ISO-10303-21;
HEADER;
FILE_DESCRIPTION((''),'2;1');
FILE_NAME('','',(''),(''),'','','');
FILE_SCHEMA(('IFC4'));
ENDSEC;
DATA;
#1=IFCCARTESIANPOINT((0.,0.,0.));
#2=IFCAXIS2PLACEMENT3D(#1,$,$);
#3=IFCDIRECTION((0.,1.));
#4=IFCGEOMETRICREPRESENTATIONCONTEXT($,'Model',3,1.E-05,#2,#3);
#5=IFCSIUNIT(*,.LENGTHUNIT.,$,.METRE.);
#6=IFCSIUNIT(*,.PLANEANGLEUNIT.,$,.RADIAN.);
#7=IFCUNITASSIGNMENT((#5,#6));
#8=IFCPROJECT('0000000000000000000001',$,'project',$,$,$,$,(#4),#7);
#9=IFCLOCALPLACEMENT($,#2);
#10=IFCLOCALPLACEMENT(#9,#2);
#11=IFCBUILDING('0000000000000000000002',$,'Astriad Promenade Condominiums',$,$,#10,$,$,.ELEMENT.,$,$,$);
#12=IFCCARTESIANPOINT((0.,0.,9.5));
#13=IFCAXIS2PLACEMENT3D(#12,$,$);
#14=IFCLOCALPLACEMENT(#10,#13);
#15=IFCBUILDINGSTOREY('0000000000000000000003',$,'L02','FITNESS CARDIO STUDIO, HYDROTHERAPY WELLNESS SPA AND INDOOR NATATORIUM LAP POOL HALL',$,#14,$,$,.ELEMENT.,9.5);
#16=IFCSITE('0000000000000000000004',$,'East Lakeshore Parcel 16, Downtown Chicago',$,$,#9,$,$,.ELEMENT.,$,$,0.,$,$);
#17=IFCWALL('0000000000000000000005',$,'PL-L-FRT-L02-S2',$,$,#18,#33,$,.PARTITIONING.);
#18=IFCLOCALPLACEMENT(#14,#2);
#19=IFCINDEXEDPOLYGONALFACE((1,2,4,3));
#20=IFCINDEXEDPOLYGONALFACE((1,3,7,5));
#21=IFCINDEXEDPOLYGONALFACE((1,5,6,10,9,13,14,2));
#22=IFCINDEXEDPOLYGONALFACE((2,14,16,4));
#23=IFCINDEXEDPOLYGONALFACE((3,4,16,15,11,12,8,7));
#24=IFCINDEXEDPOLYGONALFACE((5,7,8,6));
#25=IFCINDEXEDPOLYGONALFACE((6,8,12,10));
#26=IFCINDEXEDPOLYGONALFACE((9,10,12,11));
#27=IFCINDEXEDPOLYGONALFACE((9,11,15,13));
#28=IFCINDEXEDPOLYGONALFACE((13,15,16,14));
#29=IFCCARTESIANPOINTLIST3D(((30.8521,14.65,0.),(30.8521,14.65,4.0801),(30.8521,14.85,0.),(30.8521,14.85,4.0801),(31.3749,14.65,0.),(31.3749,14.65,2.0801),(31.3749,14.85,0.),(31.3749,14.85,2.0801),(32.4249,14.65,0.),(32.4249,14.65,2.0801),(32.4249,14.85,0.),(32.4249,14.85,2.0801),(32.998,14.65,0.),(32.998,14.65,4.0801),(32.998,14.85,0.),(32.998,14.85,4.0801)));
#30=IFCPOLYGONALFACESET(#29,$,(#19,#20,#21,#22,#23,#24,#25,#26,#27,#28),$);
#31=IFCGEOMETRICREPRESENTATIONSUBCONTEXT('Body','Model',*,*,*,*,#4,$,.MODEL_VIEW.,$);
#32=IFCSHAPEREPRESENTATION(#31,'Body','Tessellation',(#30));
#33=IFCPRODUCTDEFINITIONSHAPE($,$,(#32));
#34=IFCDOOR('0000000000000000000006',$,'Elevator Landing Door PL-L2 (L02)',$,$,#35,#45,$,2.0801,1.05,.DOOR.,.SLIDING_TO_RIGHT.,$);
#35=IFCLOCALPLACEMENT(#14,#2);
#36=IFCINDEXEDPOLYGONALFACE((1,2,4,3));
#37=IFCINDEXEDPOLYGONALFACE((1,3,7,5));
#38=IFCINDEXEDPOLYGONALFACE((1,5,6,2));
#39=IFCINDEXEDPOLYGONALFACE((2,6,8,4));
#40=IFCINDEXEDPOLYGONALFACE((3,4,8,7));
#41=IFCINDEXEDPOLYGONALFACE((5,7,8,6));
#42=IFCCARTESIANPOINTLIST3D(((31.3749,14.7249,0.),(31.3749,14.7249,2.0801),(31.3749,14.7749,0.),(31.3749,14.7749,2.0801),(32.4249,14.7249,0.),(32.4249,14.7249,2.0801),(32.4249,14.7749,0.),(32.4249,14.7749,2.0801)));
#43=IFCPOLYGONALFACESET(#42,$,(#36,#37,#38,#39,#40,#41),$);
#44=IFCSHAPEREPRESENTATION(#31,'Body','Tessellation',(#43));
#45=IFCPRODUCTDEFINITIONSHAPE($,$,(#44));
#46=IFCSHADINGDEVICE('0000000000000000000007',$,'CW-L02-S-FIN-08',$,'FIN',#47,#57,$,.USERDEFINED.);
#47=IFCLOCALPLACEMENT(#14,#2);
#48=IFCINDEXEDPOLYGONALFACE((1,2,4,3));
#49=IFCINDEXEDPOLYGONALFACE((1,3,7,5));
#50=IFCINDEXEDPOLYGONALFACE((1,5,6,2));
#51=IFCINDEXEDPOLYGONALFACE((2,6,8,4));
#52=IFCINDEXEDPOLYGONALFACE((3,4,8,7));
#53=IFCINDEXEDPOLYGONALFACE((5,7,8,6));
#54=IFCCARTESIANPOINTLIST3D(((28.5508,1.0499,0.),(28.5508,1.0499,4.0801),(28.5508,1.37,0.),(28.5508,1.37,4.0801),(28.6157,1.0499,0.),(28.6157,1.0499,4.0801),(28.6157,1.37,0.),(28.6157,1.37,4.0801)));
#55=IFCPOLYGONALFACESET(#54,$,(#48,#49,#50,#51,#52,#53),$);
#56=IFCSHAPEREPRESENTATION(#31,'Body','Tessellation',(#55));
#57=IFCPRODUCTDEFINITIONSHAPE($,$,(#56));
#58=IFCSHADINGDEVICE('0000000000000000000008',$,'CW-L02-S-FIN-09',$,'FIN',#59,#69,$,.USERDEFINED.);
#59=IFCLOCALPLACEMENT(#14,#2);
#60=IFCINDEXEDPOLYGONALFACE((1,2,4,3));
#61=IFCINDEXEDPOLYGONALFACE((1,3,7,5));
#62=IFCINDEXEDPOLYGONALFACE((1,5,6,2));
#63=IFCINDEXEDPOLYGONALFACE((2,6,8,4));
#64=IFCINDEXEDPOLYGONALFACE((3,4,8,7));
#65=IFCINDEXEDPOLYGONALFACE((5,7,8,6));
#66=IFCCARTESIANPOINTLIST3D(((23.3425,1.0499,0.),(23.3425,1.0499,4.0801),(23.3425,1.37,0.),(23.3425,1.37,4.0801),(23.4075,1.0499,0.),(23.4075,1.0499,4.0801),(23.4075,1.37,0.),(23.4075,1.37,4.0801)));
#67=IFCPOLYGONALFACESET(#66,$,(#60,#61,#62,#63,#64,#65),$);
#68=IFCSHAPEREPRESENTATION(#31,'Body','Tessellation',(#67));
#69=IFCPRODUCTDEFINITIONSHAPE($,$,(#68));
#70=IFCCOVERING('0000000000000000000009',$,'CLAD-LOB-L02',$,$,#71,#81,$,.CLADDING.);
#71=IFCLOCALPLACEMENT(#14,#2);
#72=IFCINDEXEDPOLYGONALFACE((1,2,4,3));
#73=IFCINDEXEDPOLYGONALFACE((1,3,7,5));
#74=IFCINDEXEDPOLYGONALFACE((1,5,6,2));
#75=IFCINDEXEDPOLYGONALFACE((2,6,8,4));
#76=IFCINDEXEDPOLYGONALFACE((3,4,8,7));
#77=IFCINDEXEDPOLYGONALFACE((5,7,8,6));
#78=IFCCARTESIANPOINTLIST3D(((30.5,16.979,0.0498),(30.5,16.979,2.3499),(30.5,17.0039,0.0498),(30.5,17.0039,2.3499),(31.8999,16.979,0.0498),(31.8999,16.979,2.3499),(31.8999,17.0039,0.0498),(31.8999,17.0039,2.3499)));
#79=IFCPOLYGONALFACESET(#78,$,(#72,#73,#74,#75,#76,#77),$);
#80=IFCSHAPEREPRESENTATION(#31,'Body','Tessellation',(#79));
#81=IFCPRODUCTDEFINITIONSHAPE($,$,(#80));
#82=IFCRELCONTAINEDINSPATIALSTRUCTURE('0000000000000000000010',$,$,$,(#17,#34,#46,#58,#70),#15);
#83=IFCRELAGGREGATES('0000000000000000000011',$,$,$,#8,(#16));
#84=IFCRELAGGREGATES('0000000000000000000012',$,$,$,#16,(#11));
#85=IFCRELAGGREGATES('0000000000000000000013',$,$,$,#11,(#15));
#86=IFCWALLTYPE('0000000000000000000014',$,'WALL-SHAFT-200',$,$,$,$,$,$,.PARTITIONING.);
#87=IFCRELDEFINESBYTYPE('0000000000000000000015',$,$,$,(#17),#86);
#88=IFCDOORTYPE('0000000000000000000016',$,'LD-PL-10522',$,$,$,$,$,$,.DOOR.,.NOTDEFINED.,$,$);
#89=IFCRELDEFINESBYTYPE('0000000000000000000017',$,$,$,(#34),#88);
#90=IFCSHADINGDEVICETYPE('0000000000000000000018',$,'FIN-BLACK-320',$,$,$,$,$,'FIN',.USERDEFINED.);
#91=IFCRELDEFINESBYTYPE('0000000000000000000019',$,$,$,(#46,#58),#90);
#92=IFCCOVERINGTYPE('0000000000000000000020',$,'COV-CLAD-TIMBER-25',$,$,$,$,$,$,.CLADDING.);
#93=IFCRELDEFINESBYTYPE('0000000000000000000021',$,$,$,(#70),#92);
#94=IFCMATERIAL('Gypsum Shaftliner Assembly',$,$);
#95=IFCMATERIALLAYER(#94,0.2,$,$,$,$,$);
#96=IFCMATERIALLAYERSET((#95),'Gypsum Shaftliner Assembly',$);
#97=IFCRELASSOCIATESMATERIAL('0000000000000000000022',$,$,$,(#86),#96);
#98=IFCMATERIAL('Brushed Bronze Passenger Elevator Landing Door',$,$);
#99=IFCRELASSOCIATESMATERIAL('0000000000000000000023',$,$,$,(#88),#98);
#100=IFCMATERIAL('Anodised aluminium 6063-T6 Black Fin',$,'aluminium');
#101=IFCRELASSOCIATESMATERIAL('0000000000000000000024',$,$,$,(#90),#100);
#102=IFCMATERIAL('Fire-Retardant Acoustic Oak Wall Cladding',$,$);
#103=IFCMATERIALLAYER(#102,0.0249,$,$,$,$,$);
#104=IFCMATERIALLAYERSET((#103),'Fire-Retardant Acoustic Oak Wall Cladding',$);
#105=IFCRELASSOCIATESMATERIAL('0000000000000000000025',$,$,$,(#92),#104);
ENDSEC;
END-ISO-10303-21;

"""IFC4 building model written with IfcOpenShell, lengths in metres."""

from ifc_helpers import new_model, si_unit, direction, frame, frame_2d, origin, origin_2d, place, context, subcontext, project, spatial, rectangle, extrude, source, transform, mapped, material, layer, layer_set, type_object, type_shapes, element, fill, save


model = new_model("IFC4")

# Units and contexts
model_context = context("Model", 3, precision=1e-05, world=origin(), true_north=direction((0.0, 1.0)))
body_context = subcontext(model_context, "Body", "Model", "MODEL_VIEW")
ifc_project = project(units=[si_unit("LENGTHUNIT", "METRE"), si_unit("PLANEANGLEUNIT", "RADIAN")], contexts=[model_context])

# Site, building, storey
site_placement = place(None, origin())
site = spatial("IfcSite", under=ifc_project, at=site_placement, Name="East Lakeshore Parcel 16, Downtown Chicago", CompositionType="ELEMENT", RefElevation=0.0)
building_placement = place(site_placement, origin())
building = spatial("IfcBuilding", under=site, at=building_placement, Name="Astriad Promenade Condominiums", CompositionType="ELEMENT")
storey_placement = place(building_placement, frame((0.0, 0.0, 9.5)))
storey = spatial("IfcBuildingStorey", under=building, at=storey_placement, Name="L02", Description="FITNESS CARDIO STUDIO, HYDROTHERAPY WELLNESS SPA AND INDOOR NATATORIUM LAP POOL HALL", CompositionType="ELEMENT", Elevation=9.5)

# Shared definitions
ifc_material_1 = material(Name="Gypsum Shaftliner Assembly")
ifc_layer_1 = layer(ifc_material_1, 0.2)
ifc_layer_set_1 = layer_set([ifc_layer_1], Name="Gypsum Shaftliner Assembly")
wall_type_1 = type_object("IfcWallType", Name="WALL-SHAFT-200", PredefinedType="PARTITIONING", material=ifc_layer_set_1)

# Wall, opening, door
ifc_material_2 = material(Name="Brushed Bronze Passenger Elevator Landing Door")
door_type = type_object("IfcDoorType", Name="LD-PL-10522", OperationType="NOTDEFINED", PredefinedType="DOOR", material=ifc_material_2)
shared_shape_1 = source(origin(), body_context, "Body", "SweptSolid", [
    extrude(rectangle(XDim=1.05, YDim=2.0801, at=frame_2d((0.5249, 1.04))), frame((0.0, 0.0249, 0.0), z_axis=(0.0, -1.0, 0.0), x_axis=(1.0, 0.0, 0.0)), (0.0, 0.0, 1.0), 0.05),
])
type_shapes(door_type, [shared_shape_1])
wall_1_placement = place(storey_placement, frame((30.8521, 14.75, 0.0), z_axis=(0.0, 0.0, 1.0), x_axis=(1.0, 0.0, 0.0)))
wall_1 = element("IfcWall", 1, at=wall_1_placement, inside=storey, type_object=wall_type_1, Name="PL-L-FRT-L02-S2", PredefinedType="PARTITIONING", context=body_context, shape_type="SweptSolid", body=[
    extrude(rectangle(XDim=2.146, YDim=0.2, at=frame_2d((1.073, 0.0))), origin(), (0.0, 0.0, 1.0), 4.0801),
])
opening_1_placement = place(wall_1_placement, frame((0.5229, 0.0, 0.0)))
opening_1 = element("IfcOpeningElement", 2, at=opening_1_placement, cuts=wall_1, PredefinedType="OPENING", context=body_context, shape_type="SweptSolid", body=[
    extrude(rectangle(XDim=1.05, YDim=2.0801, at=frame_2d((0.5249, 1.04))), frame((0.0, 0.1099, 0.0), z_axis=(0.0, -1.0, 0.0), x_axis=(1.0, 0.0, 0.0)), (0.0, 0.0, 1.0), 0.22),
])
door_1_placement = place(opening_1_placement, origin())
door_1 = element("IfcDoor", 3, at=door_1_placement, inside=storey, type_object=door_type, Name="Elevator Landing Door PL-L2 (L02)", OperationType="SLIDING_TO_RIGHT", OverallHeight=2.0801, OverallWidth=1.05, PredefinedType="DOOR", context=body_context, shape_type="MappedRepresentation", body=[
    mapped(shared_shape_1, transform((0.0, 0.0, 0.0), scale=1.0)),
])
fill(opening_1, door_1)

# Shading devices
ifc_material_3 = material(Name="Anodised aluminium 6063-T6 Black Fin", Category="aluminium")
shading_device_type = type_object("IfcShadingDeviceType", Name="FIN-BLACK-320", ElementType="FIN", PredefinedType="USERDEFINED", material=ifc_material_3)
shared_shape_2 = source(origin(), body_context, "Body", "SweptSolid", [
    extrude(rectangle(XDim=0.0649, YDim=0.3201, at=origin_2d()), origin(), (0.0, 0.0, 1.0), 4.0801),
])
type_shapes(shading_device_type, [shared_shape_2])
for number, where, z_axis, x_axis, name in (
    (4, (28.5833, 1.21, 0.0), (0.0, 0.0, 1.0), (-1.0, 0.0, 0.0), "CW-L02-S-FIN-08"),
    (5, (23.375, 1.21, 0.0), (0.0, 0.0, 1.0), (-1.0, 0.0, 0.0), "CW-L02-S-FIN-09"),
):
    element("IfcShadingDevice", number, at=place(storey_placement, frame(where, z_axis=z_axis, x_axis=x_axis)), inside=storey, type_object=shading_device_type, Name=name, ObjectType="FIN", PredefinedType="USERDEFINED", context=body_context, shape_type="MappedRepresentation", body=[
        mapped(shared_shape_2, transform((0.0, 0.0, 0.0), scale=1.0)),
    ])

# Covering
ifc_material_4 = material(Name="Fire-Retardant Acoustic Oak Wall Cladding")
ifc_layer_2 = layer(ifc_material_4, 0.0249)
ifc_layer_set_2 = layer_set([ifc_layer_2], Name="Fire-Retardant Acoustic Oak Wall Cladding")
covering_type = type_object("IfcCoveringType", Name="COV-CLAD-TIMBER-25", PredefinedType="CLADDING", material=ifc_layer_set_2)
shared_shape_3 = source(origin(), body_context, "Body", "SweptSolid", [
    extrude(rectangle(XDim=1.3999, YDim=0.0249, at=origin_2d()), origin(), (0.0, 0.0, 1.0), 2.3),
])
type_shapes(covering_type, [shared_shape_3])
covering_placement = place(storey_placement, frame((31.2, 16.9915, 0.0498), z_axis=(0.0, 0.0, 1.0), x_axis=(1.0, 0.0, 0.0)))
element("IfcCovering", 6, at=covering_placement, inside=storey, type_object=covering_type, Name="CLAD-LOB-L02", PredefinedType="CLADDING", context=body_context, shape_type="MappedRepresentation", body=[
    mapped(shared_shape_3, transform((0.0, 0.0, 0.0), scale=1.0)),
])

save(model, "model.ifc")
